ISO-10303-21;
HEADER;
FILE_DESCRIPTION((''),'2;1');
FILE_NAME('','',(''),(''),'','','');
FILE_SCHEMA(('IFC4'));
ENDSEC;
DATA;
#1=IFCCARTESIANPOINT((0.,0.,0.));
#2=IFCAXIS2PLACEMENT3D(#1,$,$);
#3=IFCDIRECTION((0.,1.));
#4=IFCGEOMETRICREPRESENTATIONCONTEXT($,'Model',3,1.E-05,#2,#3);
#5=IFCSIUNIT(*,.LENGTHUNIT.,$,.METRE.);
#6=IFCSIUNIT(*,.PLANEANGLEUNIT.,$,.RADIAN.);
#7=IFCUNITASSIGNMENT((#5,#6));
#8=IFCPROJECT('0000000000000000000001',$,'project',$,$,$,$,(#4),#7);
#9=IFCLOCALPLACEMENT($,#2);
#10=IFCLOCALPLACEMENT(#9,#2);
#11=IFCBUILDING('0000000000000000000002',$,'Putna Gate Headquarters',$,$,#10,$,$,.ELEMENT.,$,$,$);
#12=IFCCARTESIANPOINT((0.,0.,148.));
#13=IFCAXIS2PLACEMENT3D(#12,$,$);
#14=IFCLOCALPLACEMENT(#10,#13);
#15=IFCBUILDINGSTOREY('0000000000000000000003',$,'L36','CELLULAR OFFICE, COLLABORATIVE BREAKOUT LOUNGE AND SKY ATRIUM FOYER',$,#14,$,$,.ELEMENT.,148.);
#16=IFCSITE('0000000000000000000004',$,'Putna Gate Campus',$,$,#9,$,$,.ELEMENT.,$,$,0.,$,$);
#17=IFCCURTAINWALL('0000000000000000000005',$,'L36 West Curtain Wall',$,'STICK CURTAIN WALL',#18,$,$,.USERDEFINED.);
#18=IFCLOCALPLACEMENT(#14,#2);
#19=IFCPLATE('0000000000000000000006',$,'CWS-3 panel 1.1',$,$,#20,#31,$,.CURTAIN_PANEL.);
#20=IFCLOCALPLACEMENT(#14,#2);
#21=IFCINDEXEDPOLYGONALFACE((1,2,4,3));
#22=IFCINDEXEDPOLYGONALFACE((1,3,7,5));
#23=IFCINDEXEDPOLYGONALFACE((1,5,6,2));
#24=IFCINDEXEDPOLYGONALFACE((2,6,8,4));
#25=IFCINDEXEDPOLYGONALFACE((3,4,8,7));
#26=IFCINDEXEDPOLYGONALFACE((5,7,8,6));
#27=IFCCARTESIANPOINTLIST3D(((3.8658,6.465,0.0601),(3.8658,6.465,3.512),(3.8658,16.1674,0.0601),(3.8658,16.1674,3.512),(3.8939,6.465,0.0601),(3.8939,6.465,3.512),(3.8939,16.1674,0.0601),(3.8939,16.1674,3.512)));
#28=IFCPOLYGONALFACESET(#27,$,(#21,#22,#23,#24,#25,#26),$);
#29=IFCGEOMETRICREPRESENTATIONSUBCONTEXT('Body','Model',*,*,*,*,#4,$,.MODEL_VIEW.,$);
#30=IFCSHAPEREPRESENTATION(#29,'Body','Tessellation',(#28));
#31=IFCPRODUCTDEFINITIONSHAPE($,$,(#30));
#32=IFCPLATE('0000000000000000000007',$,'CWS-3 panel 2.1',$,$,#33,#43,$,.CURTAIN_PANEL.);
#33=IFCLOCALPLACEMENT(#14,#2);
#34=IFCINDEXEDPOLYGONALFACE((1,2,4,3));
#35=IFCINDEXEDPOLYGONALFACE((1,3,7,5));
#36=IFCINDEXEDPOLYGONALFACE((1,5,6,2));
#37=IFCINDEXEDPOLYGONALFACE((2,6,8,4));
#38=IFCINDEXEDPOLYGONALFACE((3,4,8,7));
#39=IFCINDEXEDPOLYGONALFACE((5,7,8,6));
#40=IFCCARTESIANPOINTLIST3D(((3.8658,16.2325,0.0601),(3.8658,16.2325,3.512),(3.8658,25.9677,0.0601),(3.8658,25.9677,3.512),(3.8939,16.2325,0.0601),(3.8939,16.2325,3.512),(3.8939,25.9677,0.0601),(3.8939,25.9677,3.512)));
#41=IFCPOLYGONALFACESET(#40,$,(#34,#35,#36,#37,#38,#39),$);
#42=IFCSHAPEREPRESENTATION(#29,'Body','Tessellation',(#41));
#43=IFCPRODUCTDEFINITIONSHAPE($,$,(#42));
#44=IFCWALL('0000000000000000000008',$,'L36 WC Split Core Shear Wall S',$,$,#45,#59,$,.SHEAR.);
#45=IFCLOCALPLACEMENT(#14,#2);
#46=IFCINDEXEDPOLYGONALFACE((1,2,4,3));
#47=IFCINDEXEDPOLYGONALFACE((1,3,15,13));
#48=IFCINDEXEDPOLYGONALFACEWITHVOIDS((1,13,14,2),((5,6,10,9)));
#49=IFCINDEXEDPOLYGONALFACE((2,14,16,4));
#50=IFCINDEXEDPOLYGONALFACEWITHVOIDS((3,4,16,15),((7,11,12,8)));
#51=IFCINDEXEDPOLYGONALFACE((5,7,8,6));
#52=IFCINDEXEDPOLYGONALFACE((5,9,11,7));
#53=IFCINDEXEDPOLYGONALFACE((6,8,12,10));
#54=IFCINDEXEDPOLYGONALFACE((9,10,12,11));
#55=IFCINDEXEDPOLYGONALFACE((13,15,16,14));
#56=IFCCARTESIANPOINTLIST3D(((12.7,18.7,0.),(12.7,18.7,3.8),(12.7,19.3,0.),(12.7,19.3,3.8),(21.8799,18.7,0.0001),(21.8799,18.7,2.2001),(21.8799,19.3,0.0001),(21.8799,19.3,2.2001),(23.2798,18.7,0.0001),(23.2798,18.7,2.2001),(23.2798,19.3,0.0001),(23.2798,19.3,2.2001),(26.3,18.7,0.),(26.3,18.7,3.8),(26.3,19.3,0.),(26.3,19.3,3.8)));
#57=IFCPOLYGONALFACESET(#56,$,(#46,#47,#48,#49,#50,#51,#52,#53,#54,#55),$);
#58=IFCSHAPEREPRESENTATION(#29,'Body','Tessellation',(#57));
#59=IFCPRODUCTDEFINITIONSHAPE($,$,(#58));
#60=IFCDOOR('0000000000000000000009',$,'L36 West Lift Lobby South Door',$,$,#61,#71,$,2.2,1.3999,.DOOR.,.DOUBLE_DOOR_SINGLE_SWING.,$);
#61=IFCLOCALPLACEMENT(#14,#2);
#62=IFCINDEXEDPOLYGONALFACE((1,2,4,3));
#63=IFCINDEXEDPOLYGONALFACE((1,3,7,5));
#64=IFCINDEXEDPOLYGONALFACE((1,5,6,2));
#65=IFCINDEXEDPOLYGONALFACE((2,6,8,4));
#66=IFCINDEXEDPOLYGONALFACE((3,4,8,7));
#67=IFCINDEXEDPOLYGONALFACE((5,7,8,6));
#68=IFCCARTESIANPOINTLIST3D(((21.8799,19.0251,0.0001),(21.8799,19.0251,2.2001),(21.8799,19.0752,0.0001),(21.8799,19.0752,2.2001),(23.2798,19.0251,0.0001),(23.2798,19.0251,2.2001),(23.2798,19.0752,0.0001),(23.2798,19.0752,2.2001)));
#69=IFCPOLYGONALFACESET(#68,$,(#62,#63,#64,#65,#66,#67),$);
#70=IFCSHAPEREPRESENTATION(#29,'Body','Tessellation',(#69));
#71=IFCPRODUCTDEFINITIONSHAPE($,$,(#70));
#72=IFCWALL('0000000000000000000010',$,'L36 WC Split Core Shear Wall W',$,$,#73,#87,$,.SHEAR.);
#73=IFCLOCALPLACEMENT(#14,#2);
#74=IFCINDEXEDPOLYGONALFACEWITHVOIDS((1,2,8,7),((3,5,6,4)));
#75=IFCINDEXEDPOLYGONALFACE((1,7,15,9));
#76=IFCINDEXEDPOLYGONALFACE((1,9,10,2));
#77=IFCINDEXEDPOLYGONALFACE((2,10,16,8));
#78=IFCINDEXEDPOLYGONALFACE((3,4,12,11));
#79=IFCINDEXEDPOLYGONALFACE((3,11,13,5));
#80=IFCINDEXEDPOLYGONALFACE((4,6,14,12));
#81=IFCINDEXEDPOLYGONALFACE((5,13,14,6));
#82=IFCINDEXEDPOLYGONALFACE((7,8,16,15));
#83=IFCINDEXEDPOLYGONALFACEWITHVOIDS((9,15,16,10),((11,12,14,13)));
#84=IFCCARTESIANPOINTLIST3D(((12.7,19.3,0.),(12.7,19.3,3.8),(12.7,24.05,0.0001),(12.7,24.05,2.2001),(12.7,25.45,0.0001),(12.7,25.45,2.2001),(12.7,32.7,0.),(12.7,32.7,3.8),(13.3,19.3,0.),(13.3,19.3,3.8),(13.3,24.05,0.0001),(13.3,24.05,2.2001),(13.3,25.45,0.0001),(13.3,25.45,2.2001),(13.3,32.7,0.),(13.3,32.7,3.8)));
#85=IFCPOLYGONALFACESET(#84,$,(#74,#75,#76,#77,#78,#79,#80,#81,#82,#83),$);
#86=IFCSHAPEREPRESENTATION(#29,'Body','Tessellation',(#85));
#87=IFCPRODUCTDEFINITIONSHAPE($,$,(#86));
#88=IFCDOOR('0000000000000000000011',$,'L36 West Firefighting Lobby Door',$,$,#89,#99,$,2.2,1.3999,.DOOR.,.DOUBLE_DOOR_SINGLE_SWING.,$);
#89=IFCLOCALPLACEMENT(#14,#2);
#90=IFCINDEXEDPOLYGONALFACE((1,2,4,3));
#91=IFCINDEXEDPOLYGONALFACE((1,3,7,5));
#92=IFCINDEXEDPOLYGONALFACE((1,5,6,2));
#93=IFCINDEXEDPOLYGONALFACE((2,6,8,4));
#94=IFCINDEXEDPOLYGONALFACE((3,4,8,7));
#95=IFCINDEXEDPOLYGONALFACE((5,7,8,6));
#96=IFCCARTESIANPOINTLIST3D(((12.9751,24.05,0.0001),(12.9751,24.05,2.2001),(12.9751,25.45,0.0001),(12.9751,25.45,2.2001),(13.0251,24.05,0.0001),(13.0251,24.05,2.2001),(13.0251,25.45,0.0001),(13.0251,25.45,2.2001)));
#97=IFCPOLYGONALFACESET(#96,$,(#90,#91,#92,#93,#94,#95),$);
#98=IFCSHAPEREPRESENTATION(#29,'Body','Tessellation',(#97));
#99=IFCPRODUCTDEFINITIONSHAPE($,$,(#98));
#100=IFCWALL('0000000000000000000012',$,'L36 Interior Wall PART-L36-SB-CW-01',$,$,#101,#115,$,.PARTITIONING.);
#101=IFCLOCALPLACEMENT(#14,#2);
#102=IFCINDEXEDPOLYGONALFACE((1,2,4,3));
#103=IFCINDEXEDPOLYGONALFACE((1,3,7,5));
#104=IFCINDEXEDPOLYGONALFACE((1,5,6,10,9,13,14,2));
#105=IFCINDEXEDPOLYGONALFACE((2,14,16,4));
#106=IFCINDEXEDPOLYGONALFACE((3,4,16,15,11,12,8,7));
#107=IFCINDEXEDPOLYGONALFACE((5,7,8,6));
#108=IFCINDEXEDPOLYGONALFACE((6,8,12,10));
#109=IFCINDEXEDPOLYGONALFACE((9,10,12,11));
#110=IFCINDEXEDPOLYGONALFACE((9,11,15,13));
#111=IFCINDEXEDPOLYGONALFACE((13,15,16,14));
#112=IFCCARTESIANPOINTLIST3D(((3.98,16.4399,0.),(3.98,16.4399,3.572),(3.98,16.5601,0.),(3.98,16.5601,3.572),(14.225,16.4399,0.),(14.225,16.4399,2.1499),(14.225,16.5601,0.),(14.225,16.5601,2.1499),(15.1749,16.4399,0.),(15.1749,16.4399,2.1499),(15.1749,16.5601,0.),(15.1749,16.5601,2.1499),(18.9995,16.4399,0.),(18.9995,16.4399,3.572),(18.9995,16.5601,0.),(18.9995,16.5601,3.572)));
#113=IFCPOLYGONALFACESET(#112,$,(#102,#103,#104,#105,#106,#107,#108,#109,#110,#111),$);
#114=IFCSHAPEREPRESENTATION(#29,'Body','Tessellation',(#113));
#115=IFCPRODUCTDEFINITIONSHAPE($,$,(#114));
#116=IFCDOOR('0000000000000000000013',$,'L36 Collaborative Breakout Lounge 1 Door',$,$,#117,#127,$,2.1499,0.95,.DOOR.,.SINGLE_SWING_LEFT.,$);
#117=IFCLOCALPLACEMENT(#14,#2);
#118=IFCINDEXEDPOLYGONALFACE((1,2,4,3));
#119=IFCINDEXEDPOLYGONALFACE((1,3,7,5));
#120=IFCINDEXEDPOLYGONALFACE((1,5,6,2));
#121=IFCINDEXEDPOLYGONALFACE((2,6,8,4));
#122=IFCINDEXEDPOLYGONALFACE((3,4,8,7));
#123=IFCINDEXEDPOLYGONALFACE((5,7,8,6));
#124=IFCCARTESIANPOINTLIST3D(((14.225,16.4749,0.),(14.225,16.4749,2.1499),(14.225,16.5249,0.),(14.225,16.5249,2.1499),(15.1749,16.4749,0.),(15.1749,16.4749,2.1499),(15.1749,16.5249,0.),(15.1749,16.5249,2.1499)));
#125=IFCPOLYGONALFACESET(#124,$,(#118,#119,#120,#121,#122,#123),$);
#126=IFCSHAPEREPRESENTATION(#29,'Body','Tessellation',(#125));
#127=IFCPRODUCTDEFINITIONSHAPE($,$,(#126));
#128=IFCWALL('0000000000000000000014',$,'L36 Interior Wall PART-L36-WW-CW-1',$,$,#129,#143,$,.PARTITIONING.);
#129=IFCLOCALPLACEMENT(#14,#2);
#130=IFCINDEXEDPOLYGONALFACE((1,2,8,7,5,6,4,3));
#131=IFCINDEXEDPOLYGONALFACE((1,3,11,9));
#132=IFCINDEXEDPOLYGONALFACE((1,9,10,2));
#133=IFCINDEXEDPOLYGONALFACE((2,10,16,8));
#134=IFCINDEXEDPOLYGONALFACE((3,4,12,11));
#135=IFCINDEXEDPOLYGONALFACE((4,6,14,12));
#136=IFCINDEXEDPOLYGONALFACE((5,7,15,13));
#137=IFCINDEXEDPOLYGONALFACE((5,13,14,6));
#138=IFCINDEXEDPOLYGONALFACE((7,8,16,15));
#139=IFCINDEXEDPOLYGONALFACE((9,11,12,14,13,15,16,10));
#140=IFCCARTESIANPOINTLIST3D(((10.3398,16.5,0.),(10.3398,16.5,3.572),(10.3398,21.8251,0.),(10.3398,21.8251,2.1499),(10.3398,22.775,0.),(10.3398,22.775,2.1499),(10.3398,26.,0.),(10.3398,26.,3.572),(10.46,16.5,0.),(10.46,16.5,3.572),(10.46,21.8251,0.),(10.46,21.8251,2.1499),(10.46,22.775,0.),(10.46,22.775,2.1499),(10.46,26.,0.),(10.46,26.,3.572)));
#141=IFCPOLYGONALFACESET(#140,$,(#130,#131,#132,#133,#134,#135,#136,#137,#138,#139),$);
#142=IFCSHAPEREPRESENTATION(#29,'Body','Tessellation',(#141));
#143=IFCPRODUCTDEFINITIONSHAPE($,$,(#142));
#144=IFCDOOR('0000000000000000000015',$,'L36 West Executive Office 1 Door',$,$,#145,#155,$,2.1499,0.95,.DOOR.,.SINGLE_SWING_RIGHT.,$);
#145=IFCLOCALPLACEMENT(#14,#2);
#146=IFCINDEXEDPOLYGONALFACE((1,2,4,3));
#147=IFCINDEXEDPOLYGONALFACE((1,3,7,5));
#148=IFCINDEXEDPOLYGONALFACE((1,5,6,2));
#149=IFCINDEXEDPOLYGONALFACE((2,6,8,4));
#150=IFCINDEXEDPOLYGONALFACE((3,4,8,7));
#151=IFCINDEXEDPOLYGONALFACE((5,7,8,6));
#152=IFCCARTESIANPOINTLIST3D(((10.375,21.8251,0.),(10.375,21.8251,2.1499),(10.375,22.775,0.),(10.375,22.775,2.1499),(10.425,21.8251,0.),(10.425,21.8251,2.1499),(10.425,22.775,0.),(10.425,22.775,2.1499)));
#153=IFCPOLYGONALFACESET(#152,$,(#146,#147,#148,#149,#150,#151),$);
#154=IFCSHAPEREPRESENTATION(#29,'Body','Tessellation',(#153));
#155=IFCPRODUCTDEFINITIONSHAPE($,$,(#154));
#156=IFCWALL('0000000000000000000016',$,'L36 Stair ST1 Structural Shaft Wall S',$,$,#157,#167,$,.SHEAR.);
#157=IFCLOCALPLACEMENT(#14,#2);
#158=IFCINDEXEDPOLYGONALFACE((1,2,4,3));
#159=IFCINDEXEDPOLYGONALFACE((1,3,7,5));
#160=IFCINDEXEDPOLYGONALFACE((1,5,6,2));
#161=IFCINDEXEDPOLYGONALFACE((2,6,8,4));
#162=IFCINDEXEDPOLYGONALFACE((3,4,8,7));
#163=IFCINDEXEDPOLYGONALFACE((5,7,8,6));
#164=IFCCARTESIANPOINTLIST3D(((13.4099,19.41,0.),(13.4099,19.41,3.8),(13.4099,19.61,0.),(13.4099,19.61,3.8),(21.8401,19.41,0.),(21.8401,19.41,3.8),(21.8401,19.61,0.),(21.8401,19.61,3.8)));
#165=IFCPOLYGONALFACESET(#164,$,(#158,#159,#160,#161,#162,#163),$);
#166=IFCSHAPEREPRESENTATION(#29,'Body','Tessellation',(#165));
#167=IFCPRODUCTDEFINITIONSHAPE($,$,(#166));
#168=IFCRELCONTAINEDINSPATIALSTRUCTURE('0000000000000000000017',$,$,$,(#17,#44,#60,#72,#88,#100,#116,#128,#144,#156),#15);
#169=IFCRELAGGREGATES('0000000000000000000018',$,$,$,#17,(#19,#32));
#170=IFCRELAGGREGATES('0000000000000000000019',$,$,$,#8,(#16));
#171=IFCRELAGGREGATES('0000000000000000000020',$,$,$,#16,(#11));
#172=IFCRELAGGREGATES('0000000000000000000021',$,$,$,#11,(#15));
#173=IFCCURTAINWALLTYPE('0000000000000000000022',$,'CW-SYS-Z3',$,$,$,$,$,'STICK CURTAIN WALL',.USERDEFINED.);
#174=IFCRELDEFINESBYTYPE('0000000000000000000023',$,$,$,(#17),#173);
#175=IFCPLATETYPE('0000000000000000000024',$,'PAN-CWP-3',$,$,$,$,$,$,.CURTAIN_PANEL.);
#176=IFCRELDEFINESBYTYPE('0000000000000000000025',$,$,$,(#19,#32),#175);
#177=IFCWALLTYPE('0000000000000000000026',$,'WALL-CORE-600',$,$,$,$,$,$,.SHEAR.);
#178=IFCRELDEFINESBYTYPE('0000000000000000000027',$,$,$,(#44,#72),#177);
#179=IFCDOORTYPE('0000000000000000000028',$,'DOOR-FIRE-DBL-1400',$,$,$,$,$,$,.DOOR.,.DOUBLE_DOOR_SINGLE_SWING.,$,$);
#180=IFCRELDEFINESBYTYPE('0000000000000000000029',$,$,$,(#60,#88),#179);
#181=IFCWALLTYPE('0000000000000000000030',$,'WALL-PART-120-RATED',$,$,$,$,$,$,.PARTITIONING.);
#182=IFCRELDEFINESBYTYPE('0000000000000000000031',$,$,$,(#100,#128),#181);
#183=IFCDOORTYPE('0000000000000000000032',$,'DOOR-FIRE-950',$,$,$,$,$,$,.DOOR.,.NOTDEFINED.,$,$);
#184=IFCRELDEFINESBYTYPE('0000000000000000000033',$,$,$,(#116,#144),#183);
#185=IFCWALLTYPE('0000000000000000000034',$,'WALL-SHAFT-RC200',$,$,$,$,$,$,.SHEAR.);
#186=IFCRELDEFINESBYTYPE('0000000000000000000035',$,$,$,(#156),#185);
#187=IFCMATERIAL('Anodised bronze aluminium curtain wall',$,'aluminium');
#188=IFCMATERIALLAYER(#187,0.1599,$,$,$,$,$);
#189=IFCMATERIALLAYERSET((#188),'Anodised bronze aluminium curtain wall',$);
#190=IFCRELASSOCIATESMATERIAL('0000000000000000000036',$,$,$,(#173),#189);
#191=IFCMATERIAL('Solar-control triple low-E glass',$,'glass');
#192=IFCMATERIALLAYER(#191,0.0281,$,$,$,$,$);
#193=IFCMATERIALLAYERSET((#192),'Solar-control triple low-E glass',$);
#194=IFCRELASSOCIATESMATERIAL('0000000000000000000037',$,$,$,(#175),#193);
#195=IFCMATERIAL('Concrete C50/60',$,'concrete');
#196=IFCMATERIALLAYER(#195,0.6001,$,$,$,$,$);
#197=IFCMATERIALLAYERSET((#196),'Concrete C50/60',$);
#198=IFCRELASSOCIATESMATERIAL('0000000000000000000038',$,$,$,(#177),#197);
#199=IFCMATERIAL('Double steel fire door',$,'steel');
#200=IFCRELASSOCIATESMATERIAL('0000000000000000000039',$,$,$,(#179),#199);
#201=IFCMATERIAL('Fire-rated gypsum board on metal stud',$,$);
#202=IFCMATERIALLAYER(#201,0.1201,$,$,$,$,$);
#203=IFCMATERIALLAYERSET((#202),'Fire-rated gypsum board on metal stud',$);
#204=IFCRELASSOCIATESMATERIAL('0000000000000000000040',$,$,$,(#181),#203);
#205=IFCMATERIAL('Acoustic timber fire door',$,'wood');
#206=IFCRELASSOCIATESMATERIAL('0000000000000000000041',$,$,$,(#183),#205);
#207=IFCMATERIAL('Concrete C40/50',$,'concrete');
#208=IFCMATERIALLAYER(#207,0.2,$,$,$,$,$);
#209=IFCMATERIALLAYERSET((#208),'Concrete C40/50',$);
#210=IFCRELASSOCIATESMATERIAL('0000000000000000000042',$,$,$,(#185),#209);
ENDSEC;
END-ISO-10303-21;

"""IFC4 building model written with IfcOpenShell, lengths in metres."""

from ifc_helpers import new_model, si_unit, direction, frame, frame_2d, origin, origin_2d, place, context, subcontext, project, spatial, rectangle, extrude, material, layer, layer_set, type_object, element, fill, aggregate, save


model = new_model("IFC4")

# Units and contexts
model_context = context("Model", 3, precision=1e-05, world=origin(), true_north=direction((0.0, 1.0)))
body_context = subcontext(model_context, "Body", "Model", "MODEL_VIEW")
ifc_project = project(units=[si_unit("LENGTHUNIT", "METRE"), si_unit("PLANEANGLEUNIT", "RADIAN")], contexts=[model_context])

# Site, building, storey
site_placement = place(None, origin())
site = spatial("IfcSite", under=ifc_project, at=site_placement, Name="Putna Gate Campus", CompositionType="ELEMENT", RefElevation=0.0)
building_placement = place(site_placement, origin())
building = spatial("IfcBuilding", under=site, at=building_placement, Name="Putna Gate Headquarters", CompositionType="ELEMENT")
storey_placement = place(building_placement, frame((0.0, 0.0, 148.0)))
storey = spatial("IfcBuildingStorey", under=building, at=storey_placement, Name="L36", Description="CELLULAR OFFICE, COLLABORATIVE BREAKOUT LOUNGE AND SKY ATRIUM FOYER", CompositionType="ELEMENT", Elevation=148.0)

# Shared definitions
ifc_material_1 = material(Name="Concrete C50/60", Category="concrete")

# Curtain wall, plates
ifc_material_2 = material(Name="Anodised bronze aluminium curtain wall", Category="aluminium")
ifc_layer_1 = layer(ifc_material_2, 0.1599)
ifc_layer_set_1 = layer_set([ifc_layer_1], Name="Anodised bronze aluminium curtain wall")
curtain_wall_type = type_object("IfcCurtainWallType", Name="CW-SYS-Z3", ElementType="STICK CURTAIN WALL", PredefinedType="USERDEFINED", material=ifc_layer_set_1)
curtain_wall_placement = place(storey_placement, origin())
curtain_wall = element("IfcCurtainWall", 1, at=curtain_wall_placement, inside=storey, type_object=curtain_wall_type, Name="L36 West Curtain Wall", ObjectType="STICK CURTAIN WALL", PredefinedType="USERDEFINED")
ifc_material_3 = material(Name="Solar-control triple low-E glass", Category="glass")
ifc_layer_2 = layer(ifc_material_3, 0.0281)
ifc_layer_set_2 = layer_set([ifc_layer_2], Name="Solar-control triple low-E glass")
plate_type = type_object("IfcPlateType", Name="PAN-CWP-3", PredefinedType="CURTAIN_PANEL", material=ifc_layer_set_2)
plate_1_placement = place(storey_placement, frame((3.8799, 11.3162, 0.0601), z_axis=(0.0, 0.0, 1.0), x_axis=(0.0, 1.0, 0.0)))
plate_1 = element("IfcPlate", 2, at=plate_1_placement, type_object=plate_type, Name="CWS-3 panel 1.1", PredefinedType="CURTAIN_PANEL", context=body_context, shape_type="SweptSolid", body=[
    extrude(rectangle(XDim=9.7024, YDim=0.0281, at=origin_2d()), origin(), (0.0, 0.0, 1.0), 3.4519),
])
plate_2_placement = place(storey_placement, frame((3.8799, 21.1001, 0.0601), z_axis=(0.0, 0.0, 1.0), x_axis=(0.0, 1.0, 0.0)))
plate_2 = element("IfcPlate", 3, at=plate_2_placement, type_object=plate_type, Name="CWS-3 panel 2.1", PredefinedType="CURTAIN_PANEL", context=body_context, shape_type="SweptSolid", body=[
    extrude(rectangle(XDim=9.7351, YDim=0.0281, at=origin_2d()), origin(), (0.0, 0.0, 1.0), 3.4519),
])
aggregate(curtain_wall, [plate_1, plate_2])

# Walls, openings, doors
ifc_layer_3 = layer(ifc_material_1, 0.6001)
ifc_layer_set_3 = layer_set([ifc_layer_3], Name="Concrete C50/60")
wall_type_1 = type_object("IfcWallType", Name="WALL-CORE-600", PredefinedType="SHEAR", material=ifc_layer_set_3)
wall_1_placement = place(storey_placement, frame((12.7, 19.0, 0.0), z_axis=(0.0, 0.0, 1.0), x_axis=(1.0, 0.0, 0.0)))
wall_1 = element("IfcWall", 4, at=wall_1_placement, inside=storey, type_object=wall_type_1, Name="L36 WC Split Core Shear Wall S", PredefinedType="SHEAR", context=body_context, shape_type="SweptSolid", body=[
    extrude(rectangle(XDim=13.6001, YDim=0.6001, at=frame_2d((6.8, 0.0))), origin(), (0.0, 0.0, 1.0), 3.8),
])
opening_1_placement = place(wall_1_placement, frame((9.1799, 0.0, 0.0)))
opening_1 = element("IfcOpeningElement", 5, at=opening_1_placement, cuts=wall_1, PredefinedType="OPENING", context=body_context, shape_type="SweptSolid", body=[
    extrude(rectangle(XDim=1.3999, YDim=2.2, at=frame_2d((0.7, 1.1001))), frame((0.0, 0.3101, 0.0), z_axis=(0.0, -1.0, 0.0), x_axis=(1.0, 0.0, 0.0)), (0.0, 0.0, 1.0), 0.6201),
])
ifc_material_4 = material(Name="Double steel fire door", Category="steel")
door_type_1 = type_object("IfcDoorType", Name="DOOR-FIRE-DBL-1400", OperationType="DOUBLE_DOOR_SINGLE_SWING", PredefinedType="DOOR", material=ifc_material_4)
door_1_placement = place(opening_1_placement, origin())
door_1 = element("IfcDoor", 6, at=door_1_placement, inside=storey, type_object=door_type_1, Name="L36 West Lift Lobby South Door", OperationType="DOUBLE_DOOR_SINGLE_SWING", OverallHeight=2.2, OverallWidth=1.3999, PredefinedType="DOOR", context=body_context, shape_type="SweptSolid", body=[
    extrude(rectangle(XDim=1.3999, YDim=2.2, at=frame_2d((0.7, 1.1001))), frame((0.0, 0.0752, 0.0), z_axis=(0.0, -1.0, 0.0), x_axis=(1.0, 0.0, 0.0)), (0.0, 0.0, 1.0), 0.05),
])
fill(opening_1, door_1)
wall_2_placement = place(storey_placement, frame((13.0, 19.3, 0.0), z_axis=(0.0, 0.0, 1.0), x_axis=(0.0, 1.0, 0.0)))
wall_2 = element("IfcWall", 7, at=wall_2_placement, inside=storey, type_object=wall_type_1, Name="L36 WC Split Core Shear Wall W", PredefinedType="SHEAR", context=body_context, shape_type="SweptSolid", body=[
    extrude(rectangle(XDim=13.3999, YDim=0.6001, at=frame_2d((6.7, 0.0))), origin(), (0.0, 0.0, 1.0), 3.8),
])
opening_2_placement = place(wall_2_placement, frame((4.75, 0.0, 0.0)))
opening_2 = element("IfcOpeningElement", 8, at=opening_2_placement, cuts=wall_2, PredefinedType="OPENING", context=body_context, shape_type="SweptSolid", body=[
    extrude(rectangle(XDim=1.3999, YDim=2.2, at=frame_2d((0.7, 1.1001))), frame((0.0, 0.3101, 0.0), z_axis=(0.0, -1.0, 0.0), x_axis=(1.0, 0.0, 0.0)), (0.0, 0.0, 1.0), 0.6201),
])
door_2_placement = place(opening_2_placement, origin())
door_2 = element("IfcDoor", 9, at=door_2_placement, inside=storey, type_object=door_type_1, Name="L36 West Firefighting Lobby Door", OperationType="DOUBLE_DOOR_SINGLE_SWING", OverallHeight=2.2, OverallWidth=1.3999, PredefinedType="DOOR", context=body_context, shape_type="SweptSolid", body=[
    extrude(rectangle(XDim=1.3999, YDim=2.2, at=frame_2d((0.7, 1.1001))), frame((0.0, 0.0249, 0.0), z_axis=(0.0, -1.0, 0.0), x_axis=(1.0, 0.0, 0.0)), (0.0, 0.0, 1.0), 0.05),
])
fill(opening_2, door_2)
ifc_material_5 = material(Name="Fire-rated gypsum board on metal stud")
ifc_layer_4 = layer(ifc_material_5, 0.1201)
ifc_layer_set_4 = layer_set([ifc_layer_4], Name="Fire-rated gypsum board on metal stud")
wall_type_2 = type_object("IfcWallType", Name="WALL-PART-120-RATED", PredefinedType="PARTITIONING", material=ifc_layer_set_4)
wall_3_placement = place(storey_placement, frame((3.98, 16.5, 0.0), z_axis=(0.0, 0.0, 1.0), x_axis=(1.0, 0.0, 0.0)))
wall_3 = element("IfcWall", 10, at=wall_3_placement, inside=storey, type_object=wall_type_2, Name="L36 Interior Wall PART-L36-SB-CW-01", PredefinedType="PARTITIONING", context=body_context, shape_type="SweptSolid", body=[
    extrude(rectangle(XDim=15.0195, YDim=0.1201, at=frame_2d((7.5098, 0.0))), origin(), (0.0, 0.0, 1.0), 3.572),
])
opening_3_placement = place(wall_3_placement, frame((10.2449, 0.0, 0.0)))
opening_3 = element("IfcOpeningElement", 11, at=opening_3_placement, cuts=wall_3, PredefinedType="OPENING", context=body_context, shape_type="SweptSolid", body=[
    extrude(rectangle(XDim=0.95, YDim=2.1499, at=frame_2d((0.4751, 1.075))), frame((0.0, 0.0701, 0.0), z_axis=(0.0, -1.0, 0.0), x_axis=(1.0, 0.0, 0.0)), (0.0, 0.0, 1.0), 0.1401),
])
ifc_material_6 = material(Name="Acoustic timber fire door", Category="wood")
door_type_2 = type_object("IfcDoorType", Name="DOOR-FIRE-950", OperationType="NOTDEFINED", PredefinedType="DOOR", material=ifc_material_6)
door_3_placement = place(opening_3_placement, origin())
door_3 = element("IfcDoor", 12, at=door_3_placement, inside=storey, type_object=door_type_2, Name="L36 Collaborative Breakout Lounge 1 Door", OperationType="SINGLE_SWING_LEFT", OverallHeight=2.1499, OverallWidth=0.95, PredefinedType="DOOR", context=body_context, shape_type="SweptSolid", body=[
    extrude(rectangle(XDim=0.95, YDim=2.1499, at=frame_2d((0.4751, 1.075))), frame((0.0, 0.0249, 0.0), z_axis=(0.0, -1.0, 0.0), x_axis=(1.0, 0.0, 0.0)), (0.0, 0.0, 1.0), 0.05),
])
fill(opening_3, door_3)
wall_4_placement = place(storey_placement, frame((10.3999, 16.5, 0.0), z_axis=(0.0, 0.0, 1.0), x_axis=(0.0, 1.0, 0.0)))
wall_4 = element("IfcWall", 13, at=wall_4_placement, inside=storey, type_object=wall_type_2, Name="L36 Interior Wall PART-L36-WW-CW-1", PredefinedType="PARTITIONING", context=body_context, shape_type="SweptSolid", body=[
    extrude(rectangle(XDim=9.5, YDim=0.1201, at=frame_2d((4.75, 0.0))), origin(), (0.0, 0.0, 1.0), 3.572),
])
opening_4_placement = place(wall_4_placement, frame((5.325, 0.0, 0.0)))
opening_4 = element("IfcOpeningElement", 14, at=opening_4_placement, cuts=wall_4, PredefinedType="OPENING", context=body_context, shape_type="SweptSolid", body=[
    extrude(rectangle(XDim=0.95, YDim=2.1499, at=frame_2d((0.4751, 1.075))), frame((0.0, 0.0701, 0.0), z_axis=(0.0, -1.0, 0.0), x_axis=(1.0, 0.0, 0.0)), (0.0, 0.0, 1.0), 0.1401),
])
door_4_placement = place(opening_4_placement, origin())
door_4 = element("IfcDoor", 15, at=door_4_placement, inside=storey, type_object=door_type_2, Name="L36 West Executive Office 1 Door", OperationType="SINGLE_SWING_RIGHT", OverallHeight=2.1499, OverallWidth=0.95, PredefinedType="DOOR", context=body_context, shape_type="SweptSolid", body=[
    extrude(rectangle(XDim=0.95, YDim=2.1499, at=frame_2d((0.4751, 1.075))), frame((0.0, 0.0249, 0.0), z_axis=(0.0, -1.0, 0.0), x_axis=(1.0, 0.0, 0.0)), (0.0, 0.0, 1.0), 0.05),
])
fill(opening_4, door_4)

# Wall
ifc_material_7 = material(Name="Concrete C40/50", Category="concrete")
ifc_layer_5 = layer(ifc_material_7, 0.2)
ifc_layer_set_5 = layer_set([ifc_layer_5], Name="Concrete C40/50")
wall_type_3 = type_object("IfcWallType", Name="WALL-SHAFT-RC200", PredefinedType="SHEAR", material=ifc_layer_set_5)
wall_5_placement = place(storey_placement, frame((13.4099, 19.51, 0.0), z_axis=(0.0, 0.0, 1.0), x_axis=(1.0, 0.0, 0.0)))
element("IfcWall", 16, at=wall_5_placement, inside=storey, type_object=wall_type_3, Name="L36 Stair ST1 Structural Shaft Wall S", PredefinedType="SHEAR", context=body_context, shape_type="SweptSolid", body=[
    extrude(rectangle(XDim=8.4302, YDim=0.2, at=frame_2d((4.2151, 0.0))), origin(), (0.0, 0.0, 1.0), 3.8),
])

save(model, "model.ifc")
